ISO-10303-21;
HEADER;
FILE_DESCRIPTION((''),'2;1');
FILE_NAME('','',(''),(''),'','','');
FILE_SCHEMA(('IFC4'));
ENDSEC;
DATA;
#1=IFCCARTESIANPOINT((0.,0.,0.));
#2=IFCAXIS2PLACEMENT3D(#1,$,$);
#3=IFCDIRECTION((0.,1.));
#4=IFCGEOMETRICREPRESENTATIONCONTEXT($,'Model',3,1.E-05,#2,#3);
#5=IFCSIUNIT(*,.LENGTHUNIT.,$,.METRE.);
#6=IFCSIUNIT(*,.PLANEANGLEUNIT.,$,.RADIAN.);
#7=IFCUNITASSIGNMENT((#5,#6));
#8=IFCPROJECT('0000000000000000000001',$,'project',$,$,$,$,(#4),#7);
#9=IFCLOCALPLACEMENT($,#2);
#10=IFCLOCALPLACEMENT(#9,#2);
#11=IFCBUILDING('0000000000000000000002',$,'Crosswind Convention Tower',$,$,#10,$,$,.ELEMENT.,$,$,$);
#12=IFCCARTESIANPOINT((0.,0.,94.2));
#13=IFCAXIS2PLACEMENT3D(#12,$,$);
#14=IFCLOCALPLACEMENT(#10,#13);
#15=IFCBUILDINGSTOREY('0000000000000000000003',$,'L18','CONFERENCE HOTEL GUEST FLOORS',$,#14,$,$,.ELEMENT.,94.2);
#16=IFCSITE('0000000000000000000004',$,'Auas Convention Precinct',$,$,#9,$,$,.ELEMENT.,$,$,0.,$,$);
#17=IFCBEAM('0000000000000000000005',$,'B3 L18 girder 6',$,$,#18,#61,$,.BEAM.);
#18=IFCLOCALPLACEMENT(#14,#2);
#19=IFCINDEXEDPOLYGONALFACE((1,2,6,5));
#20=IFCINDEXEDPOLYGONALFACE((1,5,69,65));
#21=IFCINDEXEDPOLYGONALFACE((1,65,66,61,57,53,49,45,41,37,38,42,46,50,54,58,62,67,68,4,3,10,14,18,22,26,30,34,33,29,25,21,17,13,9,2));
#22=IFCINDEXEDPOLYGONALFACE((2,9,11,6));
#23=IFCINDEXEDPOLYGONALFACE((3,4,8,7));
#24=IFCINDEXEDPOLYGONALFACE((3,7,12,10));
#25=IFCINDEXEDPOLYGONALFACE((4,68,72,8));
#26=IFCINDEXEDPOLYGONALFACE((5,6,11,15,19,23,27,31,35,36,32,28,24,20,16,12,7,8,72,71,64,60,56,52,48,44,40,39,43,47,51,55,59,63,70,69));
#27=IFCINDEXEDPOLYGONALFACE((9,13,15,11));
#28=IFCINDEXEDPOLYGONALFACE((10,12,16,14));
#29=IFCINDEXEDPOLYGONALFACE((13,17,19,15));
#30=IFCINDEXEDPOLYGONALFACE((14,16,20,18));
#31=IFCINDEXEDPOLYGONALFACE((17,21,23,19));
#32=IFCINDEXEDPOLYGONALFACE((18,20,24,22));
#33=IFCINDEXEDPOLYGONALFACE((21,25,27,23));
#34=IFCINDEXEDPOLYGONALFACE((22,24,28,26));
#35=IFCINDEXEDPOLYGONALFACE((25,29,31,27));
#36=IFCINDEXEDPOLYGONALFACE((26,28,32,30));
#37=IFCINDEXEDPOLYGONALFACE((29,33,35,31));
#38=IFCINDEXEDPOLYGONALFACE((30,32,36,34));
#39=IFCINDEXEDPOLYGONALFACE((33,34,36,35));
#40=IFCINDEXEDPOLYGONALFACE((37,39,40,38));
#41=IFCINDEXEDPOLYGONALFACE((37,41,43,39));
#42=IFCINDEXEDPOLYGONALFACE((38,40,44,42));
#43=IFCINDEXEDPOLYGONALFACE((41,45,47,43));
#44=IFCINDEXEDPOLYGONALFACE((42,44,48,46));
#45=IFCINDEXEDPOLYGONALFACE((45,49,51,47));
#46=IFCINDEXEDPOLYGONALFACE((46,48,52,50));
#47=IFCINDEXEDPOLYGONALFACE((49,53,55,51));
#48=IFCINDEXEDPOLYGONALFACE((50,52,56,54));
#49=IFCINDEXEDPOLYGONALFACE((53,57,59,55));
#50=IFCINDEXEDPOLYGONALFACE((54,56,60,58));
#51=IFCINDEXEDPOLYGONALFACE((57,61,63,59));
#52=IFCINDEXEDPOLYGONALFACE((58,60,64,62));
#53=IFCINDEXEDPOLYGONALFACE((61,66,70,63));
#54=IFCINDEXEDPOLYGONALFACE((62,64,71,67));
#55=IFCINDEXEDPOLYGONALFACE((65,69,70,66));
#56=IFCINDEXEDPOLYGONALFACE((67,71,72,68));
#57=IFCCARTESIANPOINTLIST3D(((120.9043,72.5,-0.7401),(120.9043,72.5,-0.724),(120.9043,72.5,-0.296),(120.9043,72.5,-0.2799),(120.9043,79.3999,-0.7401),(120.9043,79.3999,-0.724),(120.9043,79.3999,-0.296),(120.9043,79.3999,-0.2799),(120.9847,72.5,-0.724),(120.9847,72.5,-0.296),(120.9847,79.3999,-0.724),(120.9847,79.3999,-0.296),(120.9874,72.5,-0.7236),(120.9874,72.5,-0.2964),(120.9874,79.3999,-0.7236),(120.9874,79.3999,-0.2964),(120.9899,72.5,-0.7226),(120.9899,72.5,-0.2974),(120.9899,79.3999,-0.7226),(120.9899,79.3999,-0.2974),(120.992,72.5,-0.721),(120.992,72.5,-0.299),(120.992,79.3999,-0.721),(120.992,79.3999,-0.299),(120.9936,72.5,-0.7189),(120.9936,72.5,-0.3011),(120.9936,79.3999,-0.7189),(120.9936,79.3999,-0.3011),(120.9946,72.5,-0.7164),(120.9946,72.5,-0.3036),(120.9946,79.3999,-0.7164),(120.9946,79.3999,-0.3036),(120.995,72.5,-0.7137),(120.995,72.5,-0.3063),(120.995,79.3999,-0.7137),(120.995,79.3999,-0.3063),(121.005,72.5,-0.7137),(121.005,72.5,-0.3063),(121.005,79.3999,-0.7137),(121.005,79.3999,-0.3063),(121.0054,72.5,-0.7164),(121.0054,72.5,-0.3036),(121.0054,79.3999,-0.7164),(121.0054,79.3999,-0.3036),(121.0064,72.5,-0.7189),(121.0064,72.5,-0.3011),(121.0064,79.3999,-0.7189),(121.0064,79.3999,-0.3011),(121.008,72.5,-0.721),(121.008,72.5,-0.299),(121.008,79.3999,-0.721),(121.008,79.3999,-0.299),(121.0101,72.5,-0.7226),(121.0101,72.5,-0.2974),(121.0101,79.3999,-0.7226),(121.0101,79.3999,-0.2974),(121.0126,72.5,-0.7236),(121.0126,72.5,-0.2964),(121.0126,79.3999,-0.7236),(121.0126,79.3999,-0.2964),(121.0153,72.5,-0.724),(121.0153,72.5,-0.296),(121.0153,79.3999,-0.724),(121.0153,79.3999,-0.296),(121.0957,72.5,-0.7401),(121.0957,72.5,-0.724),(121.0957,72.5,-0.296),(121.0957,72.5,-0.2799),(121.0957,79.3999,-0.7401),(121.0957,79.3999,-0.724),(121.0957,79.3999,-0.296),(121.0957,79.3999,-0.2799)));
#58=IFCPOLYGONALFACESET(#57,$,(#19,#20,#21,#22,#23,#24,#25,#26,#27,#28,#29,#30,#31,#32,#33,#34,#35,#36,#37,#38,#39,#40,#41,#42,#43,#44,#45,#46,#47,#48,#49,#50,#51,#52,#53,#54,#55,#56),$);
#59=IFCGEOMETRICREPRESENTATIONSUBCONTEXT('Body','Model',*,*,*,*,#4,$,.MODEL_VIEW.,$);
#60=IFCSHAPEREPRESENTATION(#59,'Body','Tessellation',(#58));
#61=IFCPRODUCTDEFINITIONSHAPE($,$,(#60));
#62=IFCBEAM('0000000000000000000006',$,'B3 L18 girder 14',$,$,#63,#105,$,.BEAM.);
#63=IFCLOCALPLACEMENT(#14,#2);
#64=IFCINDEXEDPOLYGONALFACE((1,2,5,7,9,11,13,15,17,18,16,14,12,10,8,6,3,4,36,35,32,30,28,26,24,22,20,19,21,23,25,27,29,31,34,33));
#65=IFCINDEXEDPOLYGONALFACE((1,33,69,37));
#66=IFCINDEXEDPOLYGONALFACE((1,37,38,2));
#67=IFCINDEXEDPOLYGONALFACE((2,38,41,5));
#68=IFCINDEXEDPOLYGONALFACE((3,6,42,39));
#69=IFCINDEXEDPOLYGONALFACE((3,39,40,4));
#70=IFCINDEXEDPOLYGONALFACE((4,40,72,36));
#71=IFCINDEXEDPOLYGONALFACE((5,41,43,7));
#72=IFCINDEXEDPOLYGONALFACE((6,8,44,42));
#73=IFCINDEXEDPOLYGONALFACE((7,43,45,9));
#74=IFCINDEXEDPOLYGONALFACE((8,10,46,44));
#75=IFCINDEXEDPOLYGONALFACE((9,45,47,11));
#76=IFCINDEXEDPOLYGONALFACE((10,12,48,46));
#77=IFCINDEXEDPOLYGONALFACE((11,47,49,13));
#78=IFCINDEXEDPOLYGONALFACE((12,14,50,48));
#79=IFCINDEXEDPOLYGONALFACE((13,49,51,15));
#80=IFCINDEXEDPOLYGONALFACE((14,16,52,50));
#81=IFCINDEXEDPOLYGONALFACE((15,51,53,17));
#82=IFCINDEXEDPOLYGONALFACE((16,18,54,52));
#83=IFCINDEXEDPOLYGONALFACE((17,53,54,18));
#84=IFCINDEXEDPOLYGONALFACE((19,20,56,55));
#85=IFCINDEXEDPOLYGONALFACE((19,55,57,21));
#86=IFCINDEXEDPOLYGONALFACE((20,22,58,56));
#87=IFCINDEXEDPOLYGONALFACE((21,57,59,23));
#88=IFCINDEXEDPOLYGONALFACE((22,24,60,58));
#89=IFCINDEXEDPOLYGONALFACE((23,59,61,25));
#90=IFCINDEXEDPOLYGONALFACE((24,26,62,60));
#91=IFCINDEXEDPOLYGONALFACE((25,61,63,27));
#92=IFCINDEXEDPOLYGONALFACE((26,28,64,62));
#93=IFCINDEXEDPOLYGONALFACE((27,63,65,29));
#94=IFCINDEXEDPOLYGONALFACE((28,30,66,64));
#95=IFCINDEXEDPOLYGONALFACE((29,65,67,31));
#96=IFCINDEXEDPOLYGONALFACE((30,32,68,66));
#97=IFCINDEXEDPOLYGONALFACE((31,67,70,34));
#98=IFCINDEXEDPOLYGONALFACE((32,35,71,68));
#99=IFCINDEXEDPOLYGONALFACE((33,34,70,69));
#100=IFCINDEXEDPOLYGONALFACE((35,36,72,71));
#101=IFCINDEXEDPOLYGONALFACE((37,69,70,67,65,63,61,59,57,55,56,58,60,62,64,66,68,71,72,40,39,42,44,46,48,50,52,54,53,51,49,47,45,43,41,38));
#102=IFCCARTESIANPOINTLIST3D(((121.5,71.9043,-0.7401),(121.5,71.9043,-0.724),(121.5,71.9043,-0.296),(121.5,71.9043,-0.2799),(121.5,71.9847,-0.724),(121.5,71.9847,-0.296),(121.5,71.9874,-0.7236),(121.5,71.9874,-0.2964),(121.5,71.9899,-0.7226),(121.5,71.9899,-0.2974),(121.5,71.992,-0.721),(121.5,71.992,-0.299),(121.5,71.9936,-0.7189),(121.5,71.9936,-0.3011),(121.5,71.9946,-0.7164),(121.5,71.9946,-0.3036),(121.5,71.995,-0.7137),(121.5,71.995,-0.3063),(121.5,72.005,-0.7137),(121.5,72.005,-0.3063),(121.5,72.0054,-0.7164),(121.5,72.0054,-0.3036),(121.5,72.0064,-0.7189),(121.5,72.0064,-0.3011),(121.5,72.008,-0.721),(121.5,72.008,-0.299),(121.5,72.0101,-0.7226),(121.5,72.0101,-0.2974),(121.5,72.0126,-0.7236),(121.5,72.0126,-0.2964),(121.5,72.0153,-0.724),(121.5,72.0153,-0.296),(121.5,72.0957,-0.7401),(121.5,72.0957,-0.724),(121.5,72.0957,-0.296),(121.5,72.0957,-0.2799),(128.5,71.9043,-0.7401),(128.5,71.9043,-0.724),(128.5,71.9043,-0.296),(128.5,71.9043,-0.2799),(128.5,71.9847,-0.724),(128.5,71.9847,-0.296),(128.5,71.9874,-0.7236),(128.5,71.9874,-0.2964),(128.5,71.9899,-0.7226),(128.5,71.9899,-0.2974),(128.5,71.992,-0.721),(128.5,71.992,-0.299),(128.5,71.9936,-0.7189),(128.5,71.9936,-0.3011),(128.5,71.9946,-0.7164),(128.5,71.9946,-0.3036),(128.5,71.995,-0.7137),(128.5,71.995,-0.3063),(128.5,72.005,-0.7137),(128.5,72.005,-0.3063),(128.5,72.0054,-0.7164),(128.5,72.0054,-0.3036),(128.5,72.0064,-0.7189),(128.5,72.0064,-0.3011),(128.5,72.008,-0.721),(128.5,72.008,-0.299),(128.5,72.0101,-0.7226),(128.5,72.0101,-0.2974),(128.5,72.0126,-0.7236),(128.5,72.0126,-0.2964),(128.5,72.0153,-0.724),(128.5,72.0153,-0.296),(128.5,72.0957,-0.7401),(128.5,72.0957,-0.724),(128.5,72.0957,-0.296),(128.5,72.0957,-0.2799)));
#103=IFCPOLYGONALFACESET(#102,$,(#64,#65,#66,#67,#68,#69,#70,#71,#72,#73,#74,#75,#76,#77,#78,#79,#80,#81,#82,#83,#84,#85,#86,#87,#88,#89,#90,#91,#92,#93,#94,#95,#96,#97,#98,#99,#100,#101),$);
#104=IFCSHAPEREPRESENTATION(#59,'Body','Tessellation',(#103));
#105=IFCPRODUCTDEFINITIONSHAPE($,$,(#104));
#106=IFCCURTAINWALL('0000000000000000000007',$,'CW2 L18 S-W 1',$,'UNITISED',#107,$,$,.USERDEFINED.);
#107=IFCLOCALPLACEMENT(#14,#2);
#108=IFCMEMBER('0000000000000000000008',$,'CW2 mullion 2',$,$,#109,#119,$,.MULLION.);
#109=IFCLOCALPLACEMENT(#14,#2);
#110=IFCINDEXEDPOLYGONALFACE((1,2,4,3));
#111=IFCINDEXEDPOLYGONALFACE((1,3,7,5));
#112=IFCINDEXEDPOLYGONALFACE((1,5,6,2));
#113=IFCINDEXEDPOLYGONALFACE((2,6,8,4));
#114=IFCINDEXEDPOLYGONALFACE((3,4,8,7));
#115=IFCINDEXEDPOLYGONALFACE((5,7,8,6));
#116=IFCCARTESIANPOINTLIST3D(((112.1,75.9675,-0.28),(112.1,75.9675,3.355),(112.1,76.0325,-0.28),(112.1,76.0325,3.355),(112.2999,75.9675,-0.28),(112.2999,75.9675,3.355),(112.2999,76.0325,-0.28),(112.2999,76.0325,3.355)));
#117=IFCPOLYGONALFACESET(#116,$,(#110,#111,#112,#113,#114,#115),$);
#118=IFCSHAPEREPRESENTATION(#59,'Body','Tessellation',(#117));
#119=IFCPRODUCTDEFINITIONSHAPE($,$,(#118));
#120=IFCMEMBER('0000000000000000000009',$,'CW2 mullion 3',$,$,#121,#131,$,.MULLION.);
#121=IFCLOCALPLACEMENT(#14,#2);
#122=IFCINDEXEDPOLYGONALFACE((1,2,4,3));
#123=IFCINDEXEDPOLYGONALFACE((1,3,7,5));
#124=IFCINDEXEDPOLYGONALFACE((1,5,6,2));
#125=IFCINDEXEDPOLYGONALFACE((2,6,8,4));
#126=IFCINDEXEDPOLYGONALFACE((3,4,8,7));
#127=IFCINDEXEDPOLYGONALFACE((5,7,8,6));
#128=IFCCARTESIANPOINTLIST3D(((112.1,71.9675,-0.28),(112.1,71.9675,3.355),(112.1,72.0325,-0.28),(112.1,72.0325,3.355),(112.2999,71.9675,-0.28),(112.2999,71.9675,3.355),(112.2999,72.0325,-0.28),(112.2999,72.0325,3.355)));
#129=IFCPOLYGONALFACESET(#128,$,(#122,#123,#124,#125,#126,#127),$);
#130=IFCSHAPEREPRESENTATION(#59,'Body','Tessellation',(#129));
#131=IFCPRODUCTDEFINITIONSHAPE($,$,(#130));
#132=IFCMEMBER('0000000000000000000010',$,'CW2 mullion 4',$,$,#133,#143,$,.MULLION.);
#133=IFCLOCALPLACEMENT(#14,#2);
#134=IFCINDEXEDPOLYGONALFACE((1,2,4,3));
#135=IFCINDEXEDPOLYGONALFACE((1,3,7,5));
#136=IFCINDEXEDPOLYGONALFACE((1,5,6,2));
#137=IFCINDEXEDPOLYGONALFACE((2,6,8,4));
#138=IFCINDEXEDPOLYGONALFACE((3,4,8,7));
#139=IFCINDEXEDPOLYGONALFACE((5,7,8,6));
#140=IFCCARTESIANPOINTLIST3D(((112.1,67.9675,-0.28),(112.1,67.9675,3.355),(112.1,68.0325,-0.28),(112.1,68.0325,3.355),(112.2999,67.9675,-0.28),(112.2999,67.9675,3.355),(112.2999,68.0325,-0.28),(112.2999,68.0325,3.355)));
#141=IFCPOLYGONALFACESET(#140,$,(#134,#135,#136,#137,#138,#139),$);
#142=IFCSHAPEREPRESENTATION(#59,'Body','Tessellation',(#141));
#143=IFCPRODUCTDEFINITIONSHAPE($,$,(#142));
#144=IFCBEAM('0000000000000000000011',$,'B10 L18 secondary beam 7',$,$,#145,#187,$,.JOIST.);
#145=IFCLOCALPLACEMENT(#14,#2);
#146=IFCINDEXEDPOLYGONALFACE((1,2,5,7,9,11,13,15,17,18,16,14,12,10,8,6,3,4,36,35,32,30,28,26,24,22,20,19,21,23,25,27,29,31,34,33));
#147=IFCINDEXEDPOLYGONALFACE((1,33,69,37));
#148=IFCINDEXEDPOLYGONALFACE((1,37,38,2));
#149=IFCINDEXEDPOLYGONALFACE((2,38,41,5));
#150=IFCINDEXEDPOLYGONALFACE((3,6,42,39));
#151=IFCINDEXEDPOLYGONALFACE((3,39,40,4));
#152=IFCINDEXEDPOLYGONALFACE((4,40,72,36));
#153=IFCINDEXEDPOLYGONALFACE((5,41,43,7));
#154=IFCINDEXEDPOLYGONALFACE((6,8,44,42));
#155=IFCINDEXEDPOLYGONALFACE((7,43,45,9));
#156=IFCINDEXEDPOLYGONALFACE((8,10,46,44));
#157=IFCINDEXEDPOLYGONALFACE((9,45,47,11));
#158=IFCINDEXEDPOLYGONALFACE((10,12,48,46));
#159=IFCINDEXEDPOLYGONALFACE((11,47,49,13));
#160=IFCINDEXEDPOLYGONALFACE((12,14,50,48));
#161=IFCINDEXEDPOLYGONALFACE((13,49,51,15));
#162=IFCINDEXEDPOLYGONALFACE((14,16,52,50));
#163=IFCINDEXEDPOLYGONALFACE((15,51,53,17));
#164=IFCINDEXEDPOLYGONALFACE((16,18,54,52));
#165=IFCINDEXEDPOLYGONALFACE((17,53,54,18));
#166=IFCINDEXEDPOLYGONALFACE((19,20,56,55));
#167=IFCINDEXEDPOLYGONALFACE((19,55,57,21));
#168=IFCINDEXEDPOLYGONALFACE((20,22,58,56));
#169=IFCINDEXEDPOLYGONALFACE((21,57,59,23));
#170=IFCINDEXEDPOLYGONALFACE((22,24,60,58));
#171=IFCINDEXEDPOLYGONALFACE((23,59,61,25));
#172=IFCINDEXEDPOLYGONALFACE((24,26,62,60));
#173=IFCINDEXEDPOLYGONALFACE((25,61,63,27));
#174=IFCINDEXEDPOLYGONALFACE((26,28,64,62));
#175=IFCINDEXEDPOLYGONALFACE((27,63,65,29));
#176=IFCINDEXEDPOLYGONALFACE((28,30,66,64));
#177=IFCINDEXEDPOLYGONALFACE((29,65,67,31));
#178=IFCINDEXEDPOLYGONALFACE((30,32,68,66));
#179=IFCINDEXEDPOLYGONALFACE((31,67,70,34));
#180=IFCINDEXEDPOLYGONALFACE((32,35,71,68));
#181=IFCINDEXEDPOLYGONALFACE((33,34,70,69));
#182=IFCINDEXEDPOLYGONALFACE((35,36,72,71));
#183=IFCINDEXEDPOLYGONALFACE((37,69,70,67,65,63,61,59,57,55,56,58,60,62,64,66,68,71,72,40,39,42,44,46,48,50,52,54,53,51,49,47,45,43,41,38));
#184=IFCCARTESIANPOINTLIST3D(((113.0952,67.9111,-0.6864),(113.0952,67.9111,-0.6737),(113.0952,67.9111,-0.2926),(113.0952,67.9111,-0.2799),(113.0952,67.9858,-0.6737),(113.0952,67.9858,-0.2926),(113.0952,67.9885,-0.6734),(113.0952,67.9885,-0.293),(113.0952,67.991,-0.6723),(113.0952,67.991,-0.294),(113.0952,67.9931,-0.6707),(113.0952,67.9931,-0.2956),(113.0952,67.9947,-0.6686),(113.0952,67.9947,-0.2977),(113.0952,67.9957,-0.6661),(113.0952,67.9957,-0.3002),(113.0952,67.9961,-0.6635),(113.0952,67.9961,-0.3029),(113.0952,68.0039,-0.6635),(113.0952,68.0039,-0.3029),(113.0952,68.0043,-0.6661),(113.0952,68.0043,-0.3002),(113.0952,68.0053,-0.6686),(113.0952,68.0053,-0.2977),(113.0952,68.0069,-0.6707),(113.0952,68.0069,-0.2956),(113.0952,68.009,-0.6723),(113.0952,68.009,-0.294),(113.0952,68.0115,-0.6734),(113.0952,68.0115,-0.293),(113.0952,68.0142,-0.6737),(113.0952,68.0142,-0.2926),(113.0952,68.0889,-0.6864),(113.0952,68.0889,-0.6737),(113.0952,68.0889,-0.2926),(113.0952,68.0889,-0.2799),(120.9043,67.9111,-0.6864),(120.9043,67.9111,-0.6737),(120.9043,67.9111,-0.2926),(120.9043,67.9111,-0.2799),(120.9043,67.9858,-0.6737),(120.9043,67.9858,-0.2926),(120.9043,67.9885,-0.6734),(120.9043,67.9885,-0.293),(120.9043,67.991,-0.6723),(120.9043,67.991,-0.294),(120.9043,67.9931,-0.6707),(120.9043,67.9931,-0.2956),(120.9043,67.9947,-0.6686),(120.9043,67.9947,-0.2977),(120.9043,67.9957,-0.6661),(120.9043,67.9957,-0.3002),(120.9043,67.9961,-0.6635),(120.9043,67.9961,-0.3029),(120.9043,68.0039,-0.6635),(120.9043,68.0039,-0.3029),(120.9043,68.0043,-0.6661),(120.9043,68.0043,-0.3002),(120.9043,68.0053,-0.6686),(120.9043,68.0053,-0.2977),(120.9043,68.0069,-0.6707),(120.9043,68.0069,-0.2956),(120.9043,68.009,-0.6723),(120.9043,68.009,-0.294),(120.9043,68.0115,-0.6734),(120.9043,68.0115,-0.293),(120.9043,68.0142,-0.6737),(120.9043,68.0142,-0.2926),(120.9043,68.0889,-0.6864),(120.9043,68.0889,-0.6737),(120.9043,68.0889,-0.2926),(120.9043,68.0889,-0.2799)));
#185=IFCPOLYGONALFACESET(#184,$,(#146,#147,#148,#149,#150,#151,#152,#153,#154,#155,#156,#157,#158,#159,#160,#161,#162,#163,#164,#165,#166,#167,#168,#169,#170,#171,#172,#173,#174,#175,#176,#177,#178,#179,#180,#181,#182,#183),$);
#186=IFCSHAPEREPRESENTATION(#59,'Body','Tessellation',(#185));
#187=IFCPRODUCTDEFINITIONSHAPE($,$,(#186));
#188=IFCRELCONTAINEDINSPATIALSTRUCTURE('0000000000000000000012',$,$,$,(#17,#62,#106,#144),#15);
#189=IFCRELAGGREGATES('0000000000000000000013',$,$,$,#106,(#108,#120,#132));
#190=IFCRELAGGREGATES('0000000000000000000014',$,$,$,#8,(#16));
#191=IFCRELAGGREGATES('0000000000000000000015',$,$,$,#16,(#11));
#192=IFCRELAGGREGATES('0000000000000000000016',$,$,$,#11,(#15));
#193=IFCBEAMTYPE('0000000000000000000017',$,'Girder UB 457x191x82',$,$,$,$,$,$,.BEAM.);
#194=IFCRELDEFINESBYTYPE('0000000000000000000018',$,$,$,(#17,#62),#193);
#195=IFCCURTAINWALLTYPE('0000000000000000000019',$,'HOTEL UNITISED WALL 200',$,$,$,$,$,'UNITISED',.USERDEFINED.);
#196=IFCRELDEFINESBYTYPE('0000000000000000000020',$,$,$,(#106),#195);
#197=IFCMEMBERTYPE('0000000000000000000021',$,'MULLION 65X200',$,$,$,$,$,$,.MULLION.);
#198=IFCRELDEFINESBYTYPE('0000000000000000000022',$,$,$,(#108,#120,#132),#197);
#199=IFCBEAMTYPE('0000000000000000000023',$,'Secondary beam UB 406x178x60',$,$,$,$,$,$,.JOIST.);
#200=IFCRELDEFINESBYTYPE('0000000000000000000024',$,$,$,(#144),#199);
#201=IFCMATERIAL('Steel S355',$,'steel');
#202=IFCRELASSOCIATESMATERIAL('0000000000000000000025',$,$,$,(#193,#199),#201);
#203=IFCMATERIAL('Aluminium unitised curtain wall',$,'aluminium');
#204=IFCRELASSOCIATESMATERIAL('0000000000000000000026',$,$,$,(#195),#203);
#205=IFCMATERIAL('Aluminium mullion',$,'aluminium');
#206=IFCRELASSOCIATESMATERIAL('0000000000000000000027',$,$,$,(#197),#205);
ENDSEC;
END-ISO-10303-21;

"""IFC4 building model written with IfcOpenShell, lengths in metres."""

from ifc_helpers import new_model, si_unit, direction, frame, origin, origin_2d, place, context, subcontext, project, spatial, rectangle, i_section, extrude, material, material_profile, profile_set, type_object, element, aggregate, save


model = new_model("IFC4")

# Units and contexts
model_context = context("Model", 3, precision=1e-05, world=origin(), true_north=direction((0.0, 1.0)))
body_context = subcontext(model_context, "Body", "Model", "MODEL_VIEW")
ifc_project = project(units=[si_unit("LENGTHUNIT", "METRE"), si_unit("PLANEANGLEUNIT", "RADIAN")], contexts=[model_context])

# Site, building, storey
site_placement = place(None, origin())
site = spatial("IfcSite", under=ifc_project, at=site_placement, Name="Auas Convention Precinct", CompositionType="ELEMENT", RefElevation=0.0)
building_placement = place(site_placement, origin())
building = spatial("IfcBuilding", under=site, at=building_placement, Name="Crosswind Convention Tower", CompositionType="ELEMENT")
storey_placement = place(building_placement, frame((0.0, 0.0, 94.2)))
storey = spatial("IfcBuildingStorey", under=building, at=storey_placement, Name="L18", Description="CONFERENCE HOTEL GUEST FLOORS", CompositionType="ELEMENT", Elevation=94.2)

# Beams
ifc_material_1 = material(Name="Steel S355", Category="steel")
ifc_material_profile_1 = material_profile(ifc_material_1, i_section(OverallWidth=0.1914, OverallDepth=0.4602, WebThickness=0.01, FlangeThickness=0.0161, FilletRadius=0.0103, at=origin_2d()), Name="UB 457x191x82")
ifc_profile_set_1 = profile_set([ifc_material_profile_1], Name="Steel S355")
beam_type_1 = type_object("IfcBeamType", Name="Girder UB 457x191x82", PredefinedType="BEAM", material=ifc_profile_set_1)
beam_1_placement = place(storey_placement, frame((121.0, 72.5, -0.51), z_axis=(0.0, 1.0, 0.0), x_axis=(-1.0, 0.0, 0.0)))
element("IfcBeam", 1, at=beam_1_placement, inside=storey, type_object=beam_type_1, Name="B3 L18 girder 6", PredefinedType="BEAM", context=body_context, shape_type="SweptSolid", body=[
    extrude(i_section(OverallWidth=0.1914, OverallDepth=0.4602, WebThickness=0.01, FlangeThickness=0.0161, FilletRadius=0.0103, at=origin_2d()), origin(), (0.0, 0.0, 1.0), 6.8999),
])
beam_2_placement = place(storey_placement, frame((121.5, 72.0, -0.51), z_axis=(1.0, 0.0, 0.0), x_axis=(0.0, 1.0, 0.0)))
element("IfcBeam", 2, at=beam_2_placement, inside=storey, type_object=beam_type_1, Name="B3 L18 girder 14", PredefinedType="BEAM", context=body_context, shape_type="SweptSolid", body=[
    extrude(i_section(OverallWidth=0.1914, OverallDepth=0.4602, WebThickness=0.01, FlangeThickness=0.0161, FilletRadius=0.0103, at=origin_2d()), origin(), (0.0, 0.0, 1.0), 7.0),
])

# Curtain wall, members
ifc_material_2 = material(Name="Aluminium unitised curtain wall", Category="aluminium")
curtain_wall_type = type_object("IfcCurtainWallType", Name="HOTEL UNITISED WALL 200", ElementType="UNITISED", PredefinedType="USERDEFINED", material=ifc_material_2)
curtain_wall_placement = place(storey_placement, origin())
curtain_wall = element("IfcCurtainWall", 3, at=curtain_wall_placement, inside=storey, type_object=curtain_wall_type, Name="CW2 L18 S-W 1", ObjectType="UNITISED", PredefinedType="USERDEFINED")
ifc_material_3 = material(Name="Aluminium mullion", Category="aluminium")
ifc_material_profile_2 = material_profile(ifc_material_3, rectangle(XDim=0.2, YDim=0.0649, at=origin_2d()), Name="AL 200X65")
ifc_profile_set_2 = profile_set([ifc_material_profile_2], Name="Aluminium mullion")
member_type = type_object("IfcMemberType", Name="MULLION 65X200", PredefinedType="MULLION", material=ifc_profile_set_2)
member_1_placement = place(storey_placement, frame((112.2, 76.0, -0.28), z_axis=(0.0, 0.0, 1.0), x_axis=(-1.0, 0.0, 0.0)))
member_1 = element("IfcMember", 4, at=member_1_placement, type_object=member_type, Name="CW2 mullion 2", PredefinedType="MULLION", context=body_context, shape_type="SweptSolid", body=[
    extrude(rectangle(XDim=0.2, YDim=0.0649, at=origin_2d()), origin(), (0.0, 0.0, 1.0), 3.635),
])
member_2_placement = place(storey_placement, frame((112.2, 72.0, -0.28), z_axis=(0.0, 0.0, 1.0), x_axis=(-1.0, 0.0, 0.0)))
member_2 = element("IfcMember", 5, at=member_2_placement, type_object=member_type, Name="CW2 mullion 3", PredefinedType="MULLION", context=body_context, shape_type="SweptSolid", body=[
    extrude(rectangle(XDim=0.2, YDim=0.0649, at=origin_2d()), origin(), (0.0, 0.0, 1.0), 3.635),
])
member_3_placement = place(storey_placement, frame((112.2, 68.0, -0.28), z_axis=(0.0, 0.0, 1.0), x_axis=(-1.0, 0.0, 0.0)))
member_3 = element("IfcMember", 6, at=member_3_placement, type_object=member_type, Name="CW2 mullion 4", PredefinedType="MULLION", context=body_context, shape_type="SweptSolid", body=[
    extrude(rectangle(XDim=0.2, YDim=0.0649, at=origin_2d()), origin(), (0.0, 0.0, 1.0), 3.635),
])
aggregate(curtain_wall, [member_1, member_2, member_3])

# Beam
ifc_material_profile_3 = material_profile(ifc_material_1, i_section(OverallWidth=0.1777, OverallDepth=0.4065, WebThickness=0.0078, FlangeThickness=0.0127, FilletRadius=0.0103, at=origin_2d()), Name="UB 406x178x60")
ifc_profile_set_3 = profile_set([ifc_material_profile_3], Name="Steel S355")
beam_type_2 = type_object("IfcBeamType", Name="Secondary beam UB 406x178x60", PredefinedType="JOIST", material=ifc_profile_set_3)
for number, where, z_axis, x_axis, name in (
    (7, (113.0952, 68.0, -0.4832), (1.0, 0.0, 0.0), (0.0, 1.0, 0.0), "B10 L18 secondary beam 7"),
):
    element("IfcBeam", number, at=place(storey_placement, frame(where, z_axis=z_axis, x_axis=x_axis)), inside=storey, type_object=beam_type_2, Name=name, PredefinedType="JOIST", context=body_context, shape_type="SweptSolid", body=[
        extrude(i_section(OverallWidth=0.1777, OverallDepth=0.4065, WebThickness=0.0078, FlangeThickness=0.0127, FilletRadius=0.0103, at=origin_2d()), origin(), (0.0, 0.0, 1.0), 7.8091),
    ])

save(model, "model.ifc")
